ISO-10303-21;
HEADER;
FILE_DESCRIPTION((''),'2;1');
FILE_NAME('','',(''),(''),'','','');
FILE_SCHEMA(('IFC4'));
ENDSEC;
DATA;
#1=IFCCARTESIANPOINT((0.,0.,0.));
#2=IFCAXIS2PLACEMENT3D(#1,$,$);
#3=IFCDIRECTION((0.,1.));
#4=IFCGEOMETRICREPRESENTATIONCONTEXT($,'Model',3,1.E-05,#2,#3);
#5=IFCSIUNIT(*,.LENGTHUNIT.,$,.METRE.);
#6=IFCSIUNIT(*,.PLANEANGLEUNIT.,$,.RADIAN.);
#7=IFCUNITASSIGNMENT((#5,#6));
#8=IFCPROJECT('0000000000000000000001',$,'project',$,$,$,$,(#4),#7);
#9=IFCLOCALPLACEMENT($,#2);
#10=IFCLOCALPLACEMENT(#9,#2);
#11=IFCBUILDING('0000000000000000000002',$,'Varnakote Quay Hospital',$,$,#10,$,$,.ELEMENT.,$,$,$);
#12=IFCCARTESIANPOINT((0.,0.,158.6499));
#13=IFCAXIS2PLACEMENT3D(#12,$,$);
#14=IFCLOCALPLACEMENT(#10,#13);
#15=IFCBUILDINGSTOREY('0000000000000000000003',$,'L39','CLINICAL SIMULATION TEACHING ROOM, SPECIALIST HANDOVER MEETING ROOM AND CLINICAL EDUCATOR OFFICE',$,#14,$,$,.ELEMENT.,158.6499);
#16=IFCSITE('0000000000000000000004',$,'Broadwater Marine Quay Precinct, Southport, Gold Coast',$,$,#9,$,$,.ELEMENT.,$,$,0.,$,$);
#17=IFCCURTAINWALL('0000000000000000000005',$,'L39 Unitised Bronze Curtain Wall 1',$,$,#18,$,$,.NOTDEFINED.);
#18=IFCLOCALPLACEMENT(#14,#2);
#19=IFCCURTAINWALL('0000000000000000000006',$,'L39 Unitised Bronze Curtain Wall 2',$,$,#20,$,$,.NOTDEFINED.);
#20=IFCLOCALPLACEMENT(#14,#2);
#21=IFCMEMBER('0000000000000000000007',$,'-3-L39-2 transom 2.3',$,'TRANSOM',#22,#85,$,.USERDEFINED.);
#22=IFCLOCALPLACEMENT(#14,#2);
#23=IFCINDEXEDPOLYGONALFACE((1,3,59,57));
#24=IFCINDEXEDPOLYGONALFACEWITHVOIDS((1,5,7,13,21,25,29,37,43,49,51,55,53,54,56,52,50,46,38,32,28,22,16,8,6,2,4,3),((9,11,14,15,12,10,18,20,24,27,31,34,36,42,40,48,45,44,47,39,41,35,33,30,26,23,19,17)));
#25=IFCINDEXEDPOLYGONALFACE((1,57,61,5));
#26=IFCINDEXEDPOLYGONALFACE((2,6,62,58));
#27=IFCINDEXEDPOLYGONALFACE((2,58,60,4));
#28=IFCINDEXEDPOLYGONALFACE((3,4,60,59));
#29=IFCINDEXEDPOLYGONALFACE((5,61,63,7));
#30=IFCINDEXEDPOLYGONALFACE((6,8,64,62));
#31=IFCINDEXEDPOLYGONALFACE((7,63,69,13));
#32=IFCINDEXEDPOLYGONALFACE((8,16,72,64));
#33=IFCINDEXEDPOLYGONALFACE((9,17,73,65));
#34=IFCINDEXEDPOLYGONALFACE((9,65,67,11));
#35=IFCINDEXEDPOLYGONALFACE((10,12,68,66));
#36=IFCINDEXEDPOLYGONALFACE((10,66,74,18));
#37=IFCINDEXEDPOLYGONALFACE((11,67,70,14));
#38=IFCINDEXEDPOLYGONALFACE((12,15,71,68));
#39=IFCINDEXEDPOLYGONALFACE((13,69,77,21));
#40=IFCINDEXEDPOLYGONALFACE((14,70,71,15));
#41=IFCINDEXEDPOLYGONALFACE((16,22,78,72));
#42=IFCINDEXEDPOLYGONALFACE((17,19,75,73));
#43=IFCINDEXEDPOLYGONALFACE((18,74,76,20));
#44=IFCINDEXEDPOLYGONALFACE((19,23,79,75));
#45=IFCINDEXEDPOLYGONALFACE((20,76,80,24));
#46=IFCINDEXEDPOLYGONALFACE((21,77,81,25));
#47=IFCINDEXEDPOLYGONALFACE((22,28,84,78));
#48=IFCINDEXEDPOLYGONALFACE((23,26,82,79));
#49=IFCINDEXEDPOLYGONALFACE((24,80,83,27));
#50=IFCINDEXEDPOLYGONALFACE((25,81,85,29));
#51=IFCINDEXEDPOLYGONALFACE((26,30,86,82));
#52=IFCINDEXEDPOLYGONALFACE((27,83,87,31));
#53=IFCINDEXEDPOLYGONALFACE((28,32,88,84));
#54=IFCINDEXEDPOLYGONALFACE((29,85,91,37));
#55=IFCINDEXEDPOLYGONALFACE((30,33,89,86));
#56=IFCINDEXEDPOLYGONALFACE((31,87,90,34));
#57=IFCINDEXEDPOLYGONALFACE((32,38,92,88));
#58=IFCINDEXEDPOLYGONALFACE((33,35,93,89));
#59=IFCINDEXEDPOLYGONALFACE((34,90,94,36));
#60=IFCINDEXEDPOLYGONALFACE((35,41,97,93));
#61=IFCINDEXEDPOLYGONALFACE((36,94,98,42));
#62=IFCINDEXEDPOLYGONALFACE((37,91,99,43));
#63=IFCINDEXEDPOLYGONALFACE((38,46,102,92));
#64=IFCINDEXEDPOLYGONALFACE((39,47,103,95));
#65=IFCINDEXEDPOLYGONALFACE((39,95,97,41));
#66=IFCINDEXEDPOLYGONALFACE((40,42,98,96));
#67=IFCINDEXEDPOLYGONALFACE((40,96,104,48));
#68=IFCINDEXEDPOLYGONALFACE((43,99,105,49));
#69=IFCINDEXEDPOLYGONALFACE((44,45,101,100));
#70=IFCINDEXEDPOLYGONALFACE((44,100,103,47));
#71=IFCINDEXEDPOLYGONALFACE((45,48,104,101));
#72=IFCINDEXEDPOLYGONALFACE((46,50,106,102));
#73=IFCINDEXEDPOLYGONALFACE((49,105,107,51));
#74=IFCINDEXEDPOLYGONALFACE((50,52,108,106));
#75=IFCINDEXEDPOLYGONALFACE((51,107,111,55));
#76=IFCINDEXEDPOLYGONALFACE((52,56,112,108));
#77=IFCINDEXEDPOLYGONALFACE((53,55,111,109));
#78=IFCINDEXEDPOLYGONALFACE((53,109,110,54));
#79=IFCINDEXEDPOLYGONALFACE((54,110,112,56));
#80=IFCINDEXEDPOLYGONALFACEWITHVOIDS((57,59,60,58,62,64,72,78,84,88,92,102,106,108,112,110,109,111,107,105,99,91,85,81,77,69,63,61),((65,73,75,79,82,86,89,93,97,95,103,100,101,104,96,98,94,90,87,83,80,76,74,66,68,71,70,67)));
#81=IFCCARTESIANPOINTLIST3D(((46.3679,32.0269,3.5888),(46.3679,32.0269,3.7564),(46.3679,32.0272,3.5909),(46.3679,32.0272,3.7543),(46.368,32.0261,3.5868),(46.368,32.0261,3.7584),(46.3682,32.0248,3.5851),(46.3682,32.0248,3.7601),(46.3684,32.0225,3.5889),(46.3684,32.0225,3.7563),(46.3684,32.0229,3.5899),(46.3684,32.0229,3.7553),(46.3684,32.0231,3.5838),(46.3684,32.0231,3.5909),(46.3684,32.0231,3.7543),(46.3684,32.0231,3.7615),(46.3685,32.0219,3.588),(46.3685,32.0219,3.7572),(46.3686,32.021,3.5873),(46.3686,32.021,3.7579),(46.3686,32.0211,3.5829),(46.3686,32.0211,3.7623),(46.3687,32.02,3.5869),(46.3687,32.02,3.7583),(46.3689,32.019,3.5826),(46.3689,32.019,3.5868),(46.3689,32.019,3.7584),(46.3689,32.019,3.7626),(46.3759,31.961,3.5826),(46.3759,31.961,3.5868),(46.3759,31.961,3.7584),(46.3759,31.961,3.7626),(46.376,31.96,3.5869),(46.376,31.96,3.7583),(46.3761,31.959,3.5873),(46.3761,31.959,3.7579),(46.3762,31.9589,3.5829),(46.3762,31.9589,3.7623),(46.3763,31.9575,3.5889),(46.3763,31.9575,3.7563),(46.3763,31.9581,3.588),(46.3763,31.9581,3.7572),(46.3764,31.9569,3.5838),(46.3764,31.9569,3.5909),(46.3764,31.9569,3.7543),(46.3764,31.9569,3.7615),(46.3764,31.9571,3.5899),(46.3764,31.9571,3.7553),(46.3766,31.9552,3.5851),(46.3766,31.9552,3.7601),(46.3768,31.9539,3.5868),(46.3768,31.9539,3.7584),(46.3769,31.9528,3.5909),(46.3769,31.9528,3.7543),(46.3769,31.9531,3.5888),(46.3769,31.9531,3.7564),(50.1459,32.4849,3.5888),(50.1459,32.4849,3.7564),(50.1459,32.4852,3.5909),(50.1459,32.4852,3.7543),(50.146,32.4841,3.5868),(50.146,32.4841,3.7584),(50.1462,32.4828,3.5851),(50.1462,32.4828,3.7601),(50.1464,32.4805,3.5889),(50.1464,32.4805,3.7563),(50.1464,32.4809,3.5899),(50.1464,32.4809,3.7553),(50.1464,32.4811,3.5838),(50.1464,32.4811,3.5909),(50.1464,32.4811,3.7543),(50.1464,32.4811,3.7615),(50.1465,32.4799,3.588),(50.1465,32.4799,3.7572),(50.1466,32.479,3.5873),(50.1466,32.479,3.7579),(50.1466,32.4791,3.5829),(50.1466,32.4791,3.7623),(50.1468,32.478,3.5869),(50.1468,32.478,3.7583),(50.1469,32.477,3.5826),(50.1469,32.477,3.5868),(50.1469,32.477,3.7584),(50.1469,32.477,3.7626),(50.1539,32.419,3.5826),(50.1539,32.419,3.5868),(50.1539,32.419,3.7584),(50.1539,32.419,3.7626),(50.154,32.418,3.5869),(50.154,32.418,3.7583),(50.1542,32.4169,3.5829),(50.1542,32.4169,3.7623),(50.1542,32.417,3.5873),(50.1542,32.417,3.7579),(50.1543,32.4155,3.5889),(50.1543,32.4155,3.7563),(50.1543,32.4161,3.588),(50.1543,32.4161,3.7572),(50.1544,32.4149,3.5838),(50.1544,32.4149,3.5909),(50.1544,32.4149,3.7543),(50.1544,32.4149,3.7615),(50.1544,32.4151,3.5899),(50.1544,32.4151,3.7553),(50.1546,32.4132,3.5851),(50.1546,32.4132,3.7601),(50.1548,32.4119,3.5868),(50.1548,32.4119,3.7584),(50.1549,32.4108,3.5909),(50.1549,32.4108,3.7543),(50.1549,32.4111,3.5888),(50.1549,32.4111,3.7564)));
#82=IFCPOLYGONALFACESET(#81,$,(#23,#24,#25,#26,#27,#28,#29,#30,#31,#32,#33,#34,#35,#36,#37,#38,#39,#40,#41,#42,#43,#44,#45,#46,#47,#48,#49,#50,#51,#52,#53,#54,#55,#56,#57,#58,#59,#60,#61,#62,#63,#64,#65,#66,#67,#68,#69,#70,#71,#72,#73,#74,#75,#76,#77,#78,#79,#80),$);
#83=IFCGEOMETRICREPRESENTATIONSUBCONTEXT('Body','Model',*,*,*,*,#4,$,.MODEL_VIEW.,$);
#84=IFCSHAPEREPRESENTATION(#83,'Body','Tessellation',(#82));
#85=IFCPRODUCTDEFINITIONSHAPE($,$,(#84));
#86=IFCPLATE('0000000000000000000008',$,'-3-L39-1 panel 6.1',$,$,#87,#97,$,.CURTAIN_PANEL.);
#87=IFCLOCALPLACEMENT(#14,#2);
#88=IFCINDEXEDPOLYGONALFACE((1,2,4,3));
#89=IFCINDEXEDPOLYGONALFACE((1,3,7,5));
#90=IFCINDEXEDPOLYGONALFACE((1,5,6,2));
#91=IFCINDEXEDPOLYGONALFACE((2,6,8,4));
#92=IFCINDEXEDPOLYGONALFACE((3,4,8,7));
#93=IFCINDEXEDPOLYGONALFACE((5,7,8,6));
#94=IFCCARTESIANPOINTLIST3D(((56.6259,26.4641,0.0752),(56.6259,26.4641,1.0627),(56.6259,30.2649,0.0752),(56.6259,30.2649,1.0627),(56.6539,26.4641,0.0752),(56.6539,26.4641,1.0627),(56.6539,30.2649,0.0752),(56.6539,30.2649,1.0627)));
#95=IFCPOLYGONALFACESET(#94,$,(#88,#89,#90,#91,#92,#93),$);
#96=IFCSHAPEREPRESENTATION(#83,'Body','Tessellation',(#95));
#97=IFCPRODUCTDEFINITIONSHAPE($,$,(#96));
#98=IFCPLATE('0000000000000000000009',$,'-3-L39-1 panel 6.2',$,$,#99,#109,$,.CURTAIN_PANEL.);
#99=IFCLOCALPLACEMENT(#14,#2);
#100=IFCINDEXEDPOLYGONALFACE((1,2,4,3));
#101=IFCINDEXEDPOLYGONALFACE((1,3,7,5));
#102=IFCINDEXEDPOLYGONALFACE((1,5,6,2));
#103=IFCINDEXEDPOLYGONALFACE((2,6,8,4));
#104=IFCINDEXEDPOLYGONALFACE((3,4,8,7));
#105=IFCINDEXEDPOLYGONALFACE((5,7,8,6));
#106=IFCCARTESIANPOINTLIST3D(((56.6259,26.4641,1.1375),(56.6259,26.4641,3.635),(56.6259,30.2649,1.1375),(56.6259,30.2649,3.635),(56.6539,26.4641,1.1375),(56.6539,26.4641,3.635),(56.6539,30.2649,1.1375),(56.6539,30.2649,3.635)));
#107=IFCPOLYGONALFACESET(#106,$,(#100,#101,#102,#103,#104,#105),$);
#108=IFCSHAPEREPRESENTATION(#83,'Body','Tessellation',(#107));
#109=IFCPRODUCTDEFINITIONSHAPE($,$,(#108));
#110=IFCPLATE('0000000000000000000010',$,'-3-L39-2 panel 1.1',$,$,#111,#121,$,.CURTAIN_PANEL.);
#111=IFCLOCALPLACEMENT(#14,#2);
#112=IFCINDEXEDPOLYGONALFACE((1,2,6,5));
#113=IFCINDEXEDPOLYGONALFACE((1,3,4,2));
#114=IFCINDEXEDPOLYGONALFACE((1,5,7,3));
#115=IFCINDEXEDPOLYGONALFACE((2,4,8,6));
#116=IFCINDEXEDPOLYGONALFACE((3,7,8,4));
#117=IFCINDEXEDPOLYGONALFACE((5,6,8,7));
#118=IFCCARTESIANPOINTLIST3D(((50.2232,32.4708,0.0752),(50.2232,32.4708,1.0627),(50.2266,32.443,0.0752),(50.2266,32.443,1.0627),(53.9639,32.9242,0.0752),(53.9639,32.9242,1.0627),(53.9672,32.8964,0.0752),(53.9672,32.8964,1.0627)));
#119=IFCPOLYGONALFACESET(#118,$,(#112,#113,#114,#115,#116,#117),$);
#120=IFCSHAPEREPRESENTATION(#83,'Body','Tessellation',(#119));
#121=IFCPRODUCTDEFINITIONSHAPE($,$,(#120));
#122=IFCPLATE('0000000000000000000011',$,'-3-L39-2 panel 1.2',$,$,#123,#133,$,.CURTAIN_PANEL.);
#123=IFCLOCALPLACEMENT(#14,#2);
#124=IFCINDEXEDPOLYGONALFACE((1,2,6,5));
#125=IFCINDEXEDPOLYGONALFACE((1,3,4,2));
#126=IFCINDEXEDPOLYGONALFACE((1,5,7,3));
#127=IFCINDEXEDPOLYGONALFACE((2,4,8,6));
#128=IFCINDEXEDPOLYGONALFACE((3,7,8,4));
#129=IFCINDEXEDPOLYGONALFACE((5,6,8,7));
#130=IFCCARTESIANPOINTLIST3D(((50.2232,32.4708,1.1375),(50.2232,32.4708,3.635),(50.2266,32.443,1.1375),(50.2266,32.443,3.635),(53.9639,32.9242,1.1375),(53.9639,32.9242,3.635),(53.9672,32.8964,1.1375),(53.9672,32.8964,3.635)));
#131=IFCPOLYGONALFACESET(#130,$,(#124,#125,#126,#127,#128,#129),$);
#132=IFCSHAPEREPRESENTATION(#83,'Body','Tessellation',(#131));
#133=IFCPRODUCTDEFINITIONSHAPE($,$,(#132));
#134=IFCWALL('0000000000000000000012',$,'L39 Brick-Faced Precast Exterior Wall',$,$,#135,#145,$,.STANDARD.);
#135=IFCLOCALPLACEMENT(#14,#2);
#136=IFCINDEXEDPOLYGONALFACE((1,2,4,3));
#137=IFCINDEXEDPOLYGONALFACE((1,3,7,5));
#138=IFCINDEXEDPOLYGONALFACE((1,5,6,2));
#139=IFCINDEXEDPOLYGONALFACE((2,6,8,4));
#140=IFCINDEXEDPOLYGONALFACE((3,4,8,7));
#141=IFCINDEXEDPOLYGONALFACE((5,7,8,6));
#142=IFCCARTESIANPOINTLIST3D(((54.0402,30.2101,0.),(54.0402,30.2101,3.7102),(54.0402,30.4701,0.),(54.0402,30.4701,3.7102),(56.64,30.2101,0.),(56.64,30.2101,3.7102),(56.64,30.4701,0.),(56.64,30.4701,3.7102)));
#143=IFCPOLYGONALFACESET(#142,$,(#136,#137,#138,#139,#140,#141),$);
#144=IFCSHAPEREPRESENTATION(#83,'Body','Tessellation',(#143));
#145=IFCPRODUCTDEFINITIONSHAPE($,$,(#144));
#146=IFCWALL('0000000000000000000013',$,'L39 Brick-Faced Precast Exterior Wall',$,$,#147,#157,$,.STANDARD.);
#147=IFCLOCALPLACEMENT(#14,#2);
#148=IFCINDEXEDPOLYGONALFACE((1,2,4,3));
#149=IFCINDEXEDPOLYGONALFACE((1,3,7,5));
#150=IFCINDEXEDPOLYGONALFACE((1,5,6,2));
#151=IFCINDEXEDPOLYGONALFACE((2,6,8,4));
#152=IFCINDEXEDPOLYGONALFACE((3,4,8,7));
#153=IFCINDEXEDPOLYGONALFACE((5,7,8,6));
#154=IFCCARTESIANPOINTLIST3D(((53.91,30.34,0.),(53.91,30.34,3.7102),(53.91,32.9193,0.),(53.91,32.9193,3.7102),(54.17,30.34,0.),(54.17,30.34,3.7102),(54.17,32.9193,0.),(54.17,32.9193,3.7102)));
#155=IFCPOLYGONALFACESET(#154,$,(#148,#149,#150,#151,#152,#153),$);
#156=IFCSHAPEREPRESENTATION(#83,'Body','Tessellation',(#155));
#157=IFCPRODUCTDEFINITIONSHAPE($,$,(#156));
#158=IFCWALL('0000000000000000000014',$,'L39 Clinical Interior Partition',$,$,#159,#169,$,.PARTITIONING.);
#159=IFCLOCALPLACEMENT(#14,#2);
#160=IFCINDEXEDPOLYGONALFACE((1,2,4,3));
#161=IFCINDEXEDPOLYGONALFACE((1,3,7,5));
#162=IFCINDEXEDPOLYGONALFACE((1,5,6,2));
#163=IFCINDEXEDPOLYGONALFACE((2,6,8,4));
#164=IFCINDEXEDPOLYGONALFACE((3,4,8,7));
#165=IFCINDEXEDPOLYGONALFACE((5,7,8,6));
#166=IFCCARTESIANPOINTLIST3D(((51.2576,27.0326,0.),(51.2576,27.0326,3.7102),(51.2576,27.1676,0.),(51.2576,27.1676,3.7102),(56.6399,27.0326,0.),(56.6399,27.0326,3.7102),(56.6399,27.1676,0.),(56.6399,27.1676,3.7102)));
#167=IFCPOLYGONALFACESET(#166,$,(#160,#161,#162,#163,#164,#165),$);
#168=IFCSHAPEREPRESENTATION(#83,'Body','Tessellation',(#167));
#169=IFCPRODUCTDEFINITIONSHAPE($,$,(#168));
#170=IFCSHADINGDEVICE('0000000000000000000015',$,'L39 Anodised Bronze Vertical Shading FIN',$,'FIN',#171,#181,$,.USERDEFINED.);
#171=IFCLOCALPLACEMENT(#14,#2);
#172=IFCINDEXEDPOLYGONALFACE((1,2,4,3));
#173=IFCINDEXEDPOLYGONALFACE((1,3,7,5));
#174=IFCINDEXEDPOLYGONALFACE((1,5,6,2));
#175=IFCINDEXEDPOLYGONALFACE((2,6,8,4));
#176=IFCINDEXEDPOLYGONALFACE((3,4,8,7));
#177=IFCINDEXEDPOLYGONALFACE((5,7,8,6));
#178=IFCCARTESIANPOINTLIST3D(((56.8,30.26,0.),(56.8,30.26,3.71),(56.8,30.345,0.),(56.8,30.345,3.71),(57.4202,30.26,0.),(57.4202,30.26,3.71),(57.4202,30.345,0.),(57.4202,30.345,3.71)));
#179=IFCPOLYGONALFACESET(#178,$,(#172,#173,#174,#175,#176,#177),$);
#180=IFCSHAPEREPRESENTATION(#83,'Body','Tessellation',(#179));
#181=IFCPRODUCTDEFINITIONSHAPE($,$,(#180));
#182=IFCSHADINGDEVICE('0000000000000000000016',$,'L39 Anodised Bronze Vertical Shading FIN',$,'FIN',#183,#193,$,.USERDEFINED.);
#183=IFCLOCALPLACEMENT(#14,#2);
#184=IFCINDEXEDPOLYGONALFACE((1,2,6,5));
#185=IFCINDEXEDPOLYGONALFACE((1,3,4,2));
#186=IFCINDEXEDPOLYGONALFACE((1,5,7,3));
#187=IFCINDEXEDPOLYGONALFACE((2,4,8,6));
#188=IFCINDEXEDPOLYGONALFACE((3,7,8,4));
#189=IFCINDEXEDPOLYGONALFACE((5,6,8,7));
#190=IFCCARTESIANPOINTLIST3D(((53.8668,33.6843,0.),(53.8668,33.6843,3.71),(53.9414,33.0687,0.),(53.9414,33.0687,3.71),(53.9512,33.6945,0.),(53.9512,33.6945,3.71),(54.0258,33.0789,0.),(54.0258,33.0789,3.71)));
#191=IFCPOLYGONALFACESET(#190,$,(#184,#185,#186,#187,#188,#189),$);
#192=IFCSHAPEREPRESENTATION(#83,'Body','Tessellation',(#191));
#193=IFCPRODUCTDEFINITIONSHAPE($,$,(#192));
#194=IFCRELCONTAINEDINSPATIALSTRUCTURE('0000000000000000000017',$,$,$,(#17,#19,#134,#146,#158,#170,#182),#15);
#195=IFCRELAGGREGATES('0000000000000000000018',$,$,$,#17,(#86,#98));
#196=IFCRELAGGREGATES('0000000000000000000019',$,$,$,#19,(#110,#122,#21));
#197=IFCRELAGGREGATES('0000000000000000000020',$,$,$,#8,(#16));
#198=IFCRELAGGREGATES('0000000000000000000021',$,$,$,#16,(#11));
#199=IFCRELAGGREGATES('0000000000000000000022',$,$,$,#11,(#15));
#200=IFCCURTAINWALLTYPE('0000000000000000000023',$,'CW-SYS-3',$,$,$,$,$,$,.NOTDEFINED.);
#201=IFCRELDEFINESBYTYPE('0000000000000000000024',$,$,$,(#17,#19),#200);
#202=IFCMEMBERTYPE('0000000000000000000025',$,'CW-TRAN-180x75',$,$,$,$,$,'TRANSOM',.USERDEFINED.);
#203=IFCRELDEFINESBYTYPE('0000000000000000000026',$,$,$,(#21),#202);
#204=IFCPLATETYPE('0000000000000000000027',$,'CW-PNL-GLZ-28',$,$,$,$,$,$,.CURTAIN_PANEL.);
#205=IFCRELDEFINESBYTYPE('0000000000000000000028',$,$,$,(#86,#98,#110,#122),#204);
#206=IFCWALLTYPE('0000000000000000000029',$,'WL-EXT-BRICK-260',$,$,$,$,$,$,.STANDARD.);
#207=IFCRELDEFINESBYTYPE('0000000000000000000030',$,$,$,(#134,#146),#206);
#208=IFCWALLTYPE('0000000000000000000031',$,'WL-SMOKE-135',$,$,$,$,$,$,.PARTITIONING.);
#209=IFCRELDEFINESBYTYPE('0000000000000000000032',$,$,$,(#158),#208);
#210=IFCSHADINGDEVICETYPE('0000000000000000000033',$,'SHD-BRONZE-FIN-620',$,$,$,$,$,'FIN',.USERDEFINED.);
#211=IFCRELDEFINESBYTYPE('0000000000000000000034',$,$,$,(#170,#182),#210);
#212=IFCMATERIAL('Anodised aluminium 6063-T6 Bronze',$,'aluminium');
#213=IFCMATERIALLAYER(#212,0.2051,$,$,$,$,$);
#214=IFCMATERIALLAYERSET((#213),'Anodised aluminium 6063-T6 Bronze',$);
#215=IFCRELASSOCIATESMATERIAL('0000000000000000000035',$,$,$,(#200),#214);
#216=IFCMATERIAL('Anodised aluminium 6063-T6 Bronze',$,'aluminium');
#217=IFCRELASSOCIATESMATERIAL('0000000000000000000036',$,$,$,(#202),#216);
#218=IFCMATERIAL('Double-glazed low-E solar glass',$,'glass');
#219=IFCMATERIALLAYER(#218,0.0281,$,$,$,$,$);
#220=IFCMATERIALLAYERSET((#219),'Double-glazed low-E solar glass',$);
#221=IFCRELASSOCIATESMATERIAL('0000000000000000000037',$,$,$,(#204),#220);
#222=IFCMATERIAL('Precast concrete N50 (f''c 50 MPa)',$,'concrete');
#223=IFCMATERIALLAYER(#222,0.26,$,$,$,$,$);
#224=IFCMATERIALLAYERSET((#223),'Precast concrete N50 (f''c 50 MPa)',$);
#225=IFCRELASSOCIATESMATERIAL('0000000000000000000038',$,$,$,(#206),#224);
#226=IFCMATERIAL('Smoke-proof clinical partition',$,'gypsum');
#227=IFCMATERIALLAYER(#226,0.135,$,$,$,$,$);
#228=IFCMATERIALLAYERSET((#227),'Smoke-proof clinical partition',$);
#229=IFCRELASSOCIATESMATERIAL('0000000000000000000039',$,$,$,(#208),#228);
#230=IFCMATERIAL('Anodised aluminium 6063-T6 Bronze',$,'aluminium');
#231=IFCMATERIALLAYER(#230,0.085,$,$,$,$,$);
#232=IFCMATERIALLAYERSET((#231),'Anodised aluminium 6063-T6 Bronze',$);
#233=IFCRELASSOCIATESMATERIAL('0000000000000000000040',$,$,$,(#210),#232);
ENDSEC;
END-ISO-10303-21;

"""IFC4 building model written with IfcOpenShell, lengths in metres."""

from ifc_helpers import new_model, si_unit, direction, frame, frame_2d, origin, origin_2d, place, context, subcontext, project, spatial, rectangle, hollow_rectangle, extrude, material, layer, layer_set, material_profile, profile_set, type_object, element, aggregate, save


model = new_model("IFC4")

# Units and contexts
model_context = context("Model", 3, precision=1e-05, world=origin(), true_north=direction((0.0, 1.0)))
body_context = subcontext(model_context, "Body", "Model", "MODEL_VIEW")
ifc_project = project(units=[si_unit("LENGTHUNIT", "METRE"), si_unit("PLANEANGLEUNIT", "RADIAN")], contexts=[model_context])

# Site, building, storey
site_placement = place(None, origin())
site = spatial("IfcSite", under=ifc_project, at=site_placement, Name="Broadwater Marine Quay Precinct, Southport, Gold Coast", CompositionType="ELEMENT", RefElevation=0.0)
building_placement = place(site_placement, origin())
building = spatial("IfcBuilding", under=site, at=building_placement, Name="Varnakote Quay Hospital", CompositionType="ELEMENT")
storey_placement = place(building_placement, frame((0.0, 0.0, 158.6499)))
storey = spatial("IfcBuildingStorey", under=building, at=storey_placement, Name="L39", Description="CLINICAL SIMULATION TEACHING ROOM, SPECIALIST HANDOVER MEETING ROOM AND CLINICAL EDUCATOR OFFICE", CompositionType="ELEMENT", Elevation=158.6499)

# Curtain wall
ifc_material_1 = material(Name="Anodised aluminium 6063-T6 Bronze", Category="aluminium")
ifc_layer_1 = layer(ifc_material_1, 0.2051)
ifc_layer_set_1 = layer_set([ifc_layer_1], Name="Anodised aluminium 6063-T6 Bronze")
curtain_wall_type = type_object("IfcCurtainWallType", Name="CW-SYS-3", PredefinedType="NOTDEFINED", material=ifc_layer_set_1)
curtain_wall_1_placement = place(storey_placement, origin())
curtain_wall_1 = element("IfcCurtainWall", 1, at=curtain_wall_1_placement, inside=storey, type_object=curtain_wall_type, Name="L39 Unitised Bronze Curtain Wall 1", PredefinedType="NOTDEFINED")

# Curtain wall, member
curtain_wall_2_placement = place(storey_placement, origin())
curtain_wall_2 = element("IfcCurtainWall", 2, at=curtain_wall_2_placement, inside=storey, type_object=curtain_wall_type, Name="L39 Unitised Bronze Curtain Wall 2", PredefinedType="NOTDEFINED")
ifc_material_2 = material(Name="Anodised aluminium 6063-T6 Bronze", Category="aluminium")
ifc_material_profile_1 = material_profile(ifc_material_2, hollow_rectangle(XDim=0.075, YDim=0.1799, WallThickness=0.0042, InnerFilletRadius=0.0042, OuterFilletRadius=0.0083, at=origin_2d()), Name="CW-TRAN-180x75")
ifc_profile_set_1 = profile_set([ifc_material_profile_1], Name="Anodised aluminium 6063-T6 Bronze")
member_type_1 = type_object("IfcMemberType", Name="CW-TRAN-180x75", ElementType="TRANSOM", PredefinedType="USERDEFINED", material=ifc_profile_set_1)
member_1_placement = place(storey_placement, frame((50.1504, 32.448, 3.6726), z_axis=(-0.992732, -0.120347, 0.0), x_axis=(0.120347, -0.992732, 0.0)))
member_1 = element("IfcMember", 3, at=member_1_placement, type_object=member_type_1, Name="-3-L39-2 transom 2.3", ObjectType="TRANSOM", PredefinedType="USERDEFINED", context=body_context, shape_type="SweptSolid", body=[
    extrude(hollow_rectangle(XDim=0.075, YDim=0.1799, WallThickness=0.0042, InnerFilletRadius=0.0042, OuterFilletRadius=0.0083, at=origin_2d()), origin(), (0.0, 0.0, 1.0), 3.8057),
])

# Plates
ifc_material_3 = material(Name="Double-glazed low-E solar glass", Category="glass")
ifc_layer_2 = layer(ifc_material_3, 0.0281)
ifc_layer_set_2 = layer_set([ifc_layer_2], Name="Double-glazed low-E solar glass")
plate_type = type_object("IfcPlateType", Name="CW-PNL-GLZ-28", PredefinedType="CURTAIN_PANEL", material=ifc_layer_set_2)
plate_1_placement = place(storey_placement, frame((56.6399, 28.3645, 0.0752), z_axis=(0.0, 0.0, 1.0), x_axis=(0.0, 1.0, 0.0)))
plate_1 = element("IfcPlate", 4, at=plate_1_placement, type_object=plate_type, Name="-3-L39-1 panel 6.1", PredefinedType="CURTAIN_PANEL", context=body_context, shape_type="SweptSolid", body=[
    extrude(rectangle(XDim=3.8008, YDim=0.0281, at=origin_2d()), origin(), (0.0, 0.0, 1.0), 0.9875),
])
plate_2_placement = place(storey_placement, frame((56.6399, 28.3645, 1.1375), z_axis=(0.0, 0.0, 1.0), x_axis=(0.0, 1.0, 0.0)))
plate_2 = element("IfcPlate", 5, at=plate_2_placement, type_object=plate_type, Name="-3-L39-1 panel 6.2", PredefinedType="CURTAIN_PANEL", context=body_context, shape_type="SweptSolid", body=[
    extrude(rectangle(XDim=3.8008, YDim=0.0281, at=origin_2d()), origin(), (0.0, 0.0, 1.0), 2.4976),
])
aggregate(curtain_wall_1, [plate_1, plate_2])
plate_3_placement = place(storey_placement, frame((52.0952, 32.6836, 0.0752), z_axis=(0.0, 0.0, 1.0), x_axis=(-0.992734, -0.120327, 0.0)))
plate_3 = element("IfcPlate", 6, at=plate_3_placement, type_object=plate_type, Name="-3-L39-2 panel 1.1", PredefinedType="CURTAIN_PANEL", context=body_context, shape_type="SweptSolid", body=[
    extrude(rectangle(XDim=3.7681, YDim=0.0281, at=origin_2d()), origin(), (0.0, 0.0, 1.0), 0.9875),
])
plate_4_placement = place(storey_placement, frame((52.0952, 32.6836, 1.1375), z_axis=(0.0, 0.0, 1.0), x_axis=(-0.992734, -0.120327, 0.0)))
plate_4 = element("IfcPlate", 7, at=plate_4_placement, type_object=plate_type, Name="-3-L39-2 panel 1.2", PredefinedType="CURTAIN_PANEL", context=body_context, shape_type="SweptSolid", body=[
    extrude(rectangle(XDim=3.7681, YDim=0.0281, at=origin_2d()), origin(), (0.0, 0.0, 1.0), 2.4976),
])
aggregate(curtain_wall_2, [plate_3, plate_4, member_1])

# Walls
ifc_material_4 = material(Name="Precast concrete N50 (f'c 50 MPa)", Category="concrete")
ifc_layer_3 = layer(ifc_material_4, 0.26)
ifc_layer_set_3 = layer_set([ifc_layer_3], Name="Precast concrete N50 (f'c 50 MPa)")
wall_type_1 = type_object("IfcWallType", Name="WL-EXT-BRICK-260", PredefinedType="STANDARD", material=ifc_layer_set_3)
wall_1_placement = place(storey_placement, frame((56.6399, 30.3401, 0.0), z_axis=(0.0, 0.0, 1.0), x_axis=(-1.0, 0.0, 0.0)))
element("IfcWall", 8, at=wall_1_placement, inside=storey, type_object=wall_type_1, Name="L39 Brick-Faced Precast Exterior Wall", PredefinedType="STANDARD", context=body_context, shape_type="SweptSolid", body=[
    extrude(rectangle(XDim=2.5999, YDim=0.26, at=frame_2d((1.2998, 0.0))), origin(), (0.0, 0.0, 1.0), 3.7102),
])
wall_2_placement = place(storey_placement, frame((54.04, 30.3401, 0.0), z_axis=(0.0, 0.0, 1.0), x_axis=(0.0, 1.0, 0.0)))
element("IfcWall", 9, at=wall_2_placement, inside=storey, type_object=wall_type_1, Name="L39 Brick-Faced Precast Exterior Wall", PredefinedType="STANDARD", context=body_context, shape_type="SweptSolid", body=[
    extrude(rectangle(XDim=2.5793, YDim=0.26, at=frame_2d((1.2896, 0.0))), origin(), (0.0, 0.0, 1.0), 3.7102),
])
ifc_material_5 = material(Name="Smoke-proof clinical partition", Category="gypsum")
ifc_layer_4 = layer(ifc_material_5, 0.135)
ifc_layer_set_4 = layer_set([ifc_layer_4], Name="Smoke-proof clinical partition")
wall_type_2 = type_object("IfcWallType", Name="WL-SMOKE-135", PredefinedType="PARTITIONING", material=ifc_layer_set_4)
wall_3_placement = place(storey_placement, frame((56.6399, 27.1001, 0.0), z_axis=(0.0, 0.0, 1.0), x_axis=(-1.0, 0.0, 0.0)))
element("IfcWall", 10, at=wall_3_placement, inside=storey, type_object=wall_type_2, Name="L39 Clinical Interior Partition", PredefinedType="PARTITIONING", context=body_context, shape_type="SweptSolid", body=[
    extrude(rectangle(XDim=5.3823, YDim=0.135, at=frame_2d((2.6912, 0.0))), origin(), (0.0, 0.0, 1.0), 3.7102),
])

# Shading devices
ifc_material_6 = material(Name="Anodised aluminium 6063-T6 Bronze", Category="aluminium")
ifc_layer_5 = layer(ifc_material_6, 0.085)
ifc_layer_set_5 = layer_set([ifc_layer_5], Name="Anodised aluminium 6063-T6 Bronze")
shading_device_type = type_object("IfcShadingDeviceType", Name="SHD-BRONZE-FIN-620", ElementType="FIN", PredefinedType="USERDEFINED", material=ifc_layer_set_5)
for number, where, z_axis, x_axis, name in (
    (11, (57.1101, 30.3025, 0.0), (0.0, 0.0, 1.0), (-1.0, 0.0, 0.0), "L39 Anodised Bronze Vertical Shading FIN"),
    (12, (53.9463, 33.3816, 0.0), (0.0, 0.0, 1.0), (0.12031, -0.992736, 0.0), "L39 Anodised Bronze Vertical Shading FIN"),
):
    element("IfcShadingDevice", number, at=place(storey_placement, frame(where, z_axis=z_axis, x_axis=x_axis)), inside=storey, type_object=shading_device_type, Name=name, ObjectType="FIN", PredefinedType="USERDEFINED", context=body_context, shape_type="SweptSolid", body=[
        extrude(rectangle(XDim=0.6201, YDim=0.085, at=origin_2d()), origin(), (0.0, 0.0, 1.0), 3.71),
    ])

save(model, "model.ifc")
